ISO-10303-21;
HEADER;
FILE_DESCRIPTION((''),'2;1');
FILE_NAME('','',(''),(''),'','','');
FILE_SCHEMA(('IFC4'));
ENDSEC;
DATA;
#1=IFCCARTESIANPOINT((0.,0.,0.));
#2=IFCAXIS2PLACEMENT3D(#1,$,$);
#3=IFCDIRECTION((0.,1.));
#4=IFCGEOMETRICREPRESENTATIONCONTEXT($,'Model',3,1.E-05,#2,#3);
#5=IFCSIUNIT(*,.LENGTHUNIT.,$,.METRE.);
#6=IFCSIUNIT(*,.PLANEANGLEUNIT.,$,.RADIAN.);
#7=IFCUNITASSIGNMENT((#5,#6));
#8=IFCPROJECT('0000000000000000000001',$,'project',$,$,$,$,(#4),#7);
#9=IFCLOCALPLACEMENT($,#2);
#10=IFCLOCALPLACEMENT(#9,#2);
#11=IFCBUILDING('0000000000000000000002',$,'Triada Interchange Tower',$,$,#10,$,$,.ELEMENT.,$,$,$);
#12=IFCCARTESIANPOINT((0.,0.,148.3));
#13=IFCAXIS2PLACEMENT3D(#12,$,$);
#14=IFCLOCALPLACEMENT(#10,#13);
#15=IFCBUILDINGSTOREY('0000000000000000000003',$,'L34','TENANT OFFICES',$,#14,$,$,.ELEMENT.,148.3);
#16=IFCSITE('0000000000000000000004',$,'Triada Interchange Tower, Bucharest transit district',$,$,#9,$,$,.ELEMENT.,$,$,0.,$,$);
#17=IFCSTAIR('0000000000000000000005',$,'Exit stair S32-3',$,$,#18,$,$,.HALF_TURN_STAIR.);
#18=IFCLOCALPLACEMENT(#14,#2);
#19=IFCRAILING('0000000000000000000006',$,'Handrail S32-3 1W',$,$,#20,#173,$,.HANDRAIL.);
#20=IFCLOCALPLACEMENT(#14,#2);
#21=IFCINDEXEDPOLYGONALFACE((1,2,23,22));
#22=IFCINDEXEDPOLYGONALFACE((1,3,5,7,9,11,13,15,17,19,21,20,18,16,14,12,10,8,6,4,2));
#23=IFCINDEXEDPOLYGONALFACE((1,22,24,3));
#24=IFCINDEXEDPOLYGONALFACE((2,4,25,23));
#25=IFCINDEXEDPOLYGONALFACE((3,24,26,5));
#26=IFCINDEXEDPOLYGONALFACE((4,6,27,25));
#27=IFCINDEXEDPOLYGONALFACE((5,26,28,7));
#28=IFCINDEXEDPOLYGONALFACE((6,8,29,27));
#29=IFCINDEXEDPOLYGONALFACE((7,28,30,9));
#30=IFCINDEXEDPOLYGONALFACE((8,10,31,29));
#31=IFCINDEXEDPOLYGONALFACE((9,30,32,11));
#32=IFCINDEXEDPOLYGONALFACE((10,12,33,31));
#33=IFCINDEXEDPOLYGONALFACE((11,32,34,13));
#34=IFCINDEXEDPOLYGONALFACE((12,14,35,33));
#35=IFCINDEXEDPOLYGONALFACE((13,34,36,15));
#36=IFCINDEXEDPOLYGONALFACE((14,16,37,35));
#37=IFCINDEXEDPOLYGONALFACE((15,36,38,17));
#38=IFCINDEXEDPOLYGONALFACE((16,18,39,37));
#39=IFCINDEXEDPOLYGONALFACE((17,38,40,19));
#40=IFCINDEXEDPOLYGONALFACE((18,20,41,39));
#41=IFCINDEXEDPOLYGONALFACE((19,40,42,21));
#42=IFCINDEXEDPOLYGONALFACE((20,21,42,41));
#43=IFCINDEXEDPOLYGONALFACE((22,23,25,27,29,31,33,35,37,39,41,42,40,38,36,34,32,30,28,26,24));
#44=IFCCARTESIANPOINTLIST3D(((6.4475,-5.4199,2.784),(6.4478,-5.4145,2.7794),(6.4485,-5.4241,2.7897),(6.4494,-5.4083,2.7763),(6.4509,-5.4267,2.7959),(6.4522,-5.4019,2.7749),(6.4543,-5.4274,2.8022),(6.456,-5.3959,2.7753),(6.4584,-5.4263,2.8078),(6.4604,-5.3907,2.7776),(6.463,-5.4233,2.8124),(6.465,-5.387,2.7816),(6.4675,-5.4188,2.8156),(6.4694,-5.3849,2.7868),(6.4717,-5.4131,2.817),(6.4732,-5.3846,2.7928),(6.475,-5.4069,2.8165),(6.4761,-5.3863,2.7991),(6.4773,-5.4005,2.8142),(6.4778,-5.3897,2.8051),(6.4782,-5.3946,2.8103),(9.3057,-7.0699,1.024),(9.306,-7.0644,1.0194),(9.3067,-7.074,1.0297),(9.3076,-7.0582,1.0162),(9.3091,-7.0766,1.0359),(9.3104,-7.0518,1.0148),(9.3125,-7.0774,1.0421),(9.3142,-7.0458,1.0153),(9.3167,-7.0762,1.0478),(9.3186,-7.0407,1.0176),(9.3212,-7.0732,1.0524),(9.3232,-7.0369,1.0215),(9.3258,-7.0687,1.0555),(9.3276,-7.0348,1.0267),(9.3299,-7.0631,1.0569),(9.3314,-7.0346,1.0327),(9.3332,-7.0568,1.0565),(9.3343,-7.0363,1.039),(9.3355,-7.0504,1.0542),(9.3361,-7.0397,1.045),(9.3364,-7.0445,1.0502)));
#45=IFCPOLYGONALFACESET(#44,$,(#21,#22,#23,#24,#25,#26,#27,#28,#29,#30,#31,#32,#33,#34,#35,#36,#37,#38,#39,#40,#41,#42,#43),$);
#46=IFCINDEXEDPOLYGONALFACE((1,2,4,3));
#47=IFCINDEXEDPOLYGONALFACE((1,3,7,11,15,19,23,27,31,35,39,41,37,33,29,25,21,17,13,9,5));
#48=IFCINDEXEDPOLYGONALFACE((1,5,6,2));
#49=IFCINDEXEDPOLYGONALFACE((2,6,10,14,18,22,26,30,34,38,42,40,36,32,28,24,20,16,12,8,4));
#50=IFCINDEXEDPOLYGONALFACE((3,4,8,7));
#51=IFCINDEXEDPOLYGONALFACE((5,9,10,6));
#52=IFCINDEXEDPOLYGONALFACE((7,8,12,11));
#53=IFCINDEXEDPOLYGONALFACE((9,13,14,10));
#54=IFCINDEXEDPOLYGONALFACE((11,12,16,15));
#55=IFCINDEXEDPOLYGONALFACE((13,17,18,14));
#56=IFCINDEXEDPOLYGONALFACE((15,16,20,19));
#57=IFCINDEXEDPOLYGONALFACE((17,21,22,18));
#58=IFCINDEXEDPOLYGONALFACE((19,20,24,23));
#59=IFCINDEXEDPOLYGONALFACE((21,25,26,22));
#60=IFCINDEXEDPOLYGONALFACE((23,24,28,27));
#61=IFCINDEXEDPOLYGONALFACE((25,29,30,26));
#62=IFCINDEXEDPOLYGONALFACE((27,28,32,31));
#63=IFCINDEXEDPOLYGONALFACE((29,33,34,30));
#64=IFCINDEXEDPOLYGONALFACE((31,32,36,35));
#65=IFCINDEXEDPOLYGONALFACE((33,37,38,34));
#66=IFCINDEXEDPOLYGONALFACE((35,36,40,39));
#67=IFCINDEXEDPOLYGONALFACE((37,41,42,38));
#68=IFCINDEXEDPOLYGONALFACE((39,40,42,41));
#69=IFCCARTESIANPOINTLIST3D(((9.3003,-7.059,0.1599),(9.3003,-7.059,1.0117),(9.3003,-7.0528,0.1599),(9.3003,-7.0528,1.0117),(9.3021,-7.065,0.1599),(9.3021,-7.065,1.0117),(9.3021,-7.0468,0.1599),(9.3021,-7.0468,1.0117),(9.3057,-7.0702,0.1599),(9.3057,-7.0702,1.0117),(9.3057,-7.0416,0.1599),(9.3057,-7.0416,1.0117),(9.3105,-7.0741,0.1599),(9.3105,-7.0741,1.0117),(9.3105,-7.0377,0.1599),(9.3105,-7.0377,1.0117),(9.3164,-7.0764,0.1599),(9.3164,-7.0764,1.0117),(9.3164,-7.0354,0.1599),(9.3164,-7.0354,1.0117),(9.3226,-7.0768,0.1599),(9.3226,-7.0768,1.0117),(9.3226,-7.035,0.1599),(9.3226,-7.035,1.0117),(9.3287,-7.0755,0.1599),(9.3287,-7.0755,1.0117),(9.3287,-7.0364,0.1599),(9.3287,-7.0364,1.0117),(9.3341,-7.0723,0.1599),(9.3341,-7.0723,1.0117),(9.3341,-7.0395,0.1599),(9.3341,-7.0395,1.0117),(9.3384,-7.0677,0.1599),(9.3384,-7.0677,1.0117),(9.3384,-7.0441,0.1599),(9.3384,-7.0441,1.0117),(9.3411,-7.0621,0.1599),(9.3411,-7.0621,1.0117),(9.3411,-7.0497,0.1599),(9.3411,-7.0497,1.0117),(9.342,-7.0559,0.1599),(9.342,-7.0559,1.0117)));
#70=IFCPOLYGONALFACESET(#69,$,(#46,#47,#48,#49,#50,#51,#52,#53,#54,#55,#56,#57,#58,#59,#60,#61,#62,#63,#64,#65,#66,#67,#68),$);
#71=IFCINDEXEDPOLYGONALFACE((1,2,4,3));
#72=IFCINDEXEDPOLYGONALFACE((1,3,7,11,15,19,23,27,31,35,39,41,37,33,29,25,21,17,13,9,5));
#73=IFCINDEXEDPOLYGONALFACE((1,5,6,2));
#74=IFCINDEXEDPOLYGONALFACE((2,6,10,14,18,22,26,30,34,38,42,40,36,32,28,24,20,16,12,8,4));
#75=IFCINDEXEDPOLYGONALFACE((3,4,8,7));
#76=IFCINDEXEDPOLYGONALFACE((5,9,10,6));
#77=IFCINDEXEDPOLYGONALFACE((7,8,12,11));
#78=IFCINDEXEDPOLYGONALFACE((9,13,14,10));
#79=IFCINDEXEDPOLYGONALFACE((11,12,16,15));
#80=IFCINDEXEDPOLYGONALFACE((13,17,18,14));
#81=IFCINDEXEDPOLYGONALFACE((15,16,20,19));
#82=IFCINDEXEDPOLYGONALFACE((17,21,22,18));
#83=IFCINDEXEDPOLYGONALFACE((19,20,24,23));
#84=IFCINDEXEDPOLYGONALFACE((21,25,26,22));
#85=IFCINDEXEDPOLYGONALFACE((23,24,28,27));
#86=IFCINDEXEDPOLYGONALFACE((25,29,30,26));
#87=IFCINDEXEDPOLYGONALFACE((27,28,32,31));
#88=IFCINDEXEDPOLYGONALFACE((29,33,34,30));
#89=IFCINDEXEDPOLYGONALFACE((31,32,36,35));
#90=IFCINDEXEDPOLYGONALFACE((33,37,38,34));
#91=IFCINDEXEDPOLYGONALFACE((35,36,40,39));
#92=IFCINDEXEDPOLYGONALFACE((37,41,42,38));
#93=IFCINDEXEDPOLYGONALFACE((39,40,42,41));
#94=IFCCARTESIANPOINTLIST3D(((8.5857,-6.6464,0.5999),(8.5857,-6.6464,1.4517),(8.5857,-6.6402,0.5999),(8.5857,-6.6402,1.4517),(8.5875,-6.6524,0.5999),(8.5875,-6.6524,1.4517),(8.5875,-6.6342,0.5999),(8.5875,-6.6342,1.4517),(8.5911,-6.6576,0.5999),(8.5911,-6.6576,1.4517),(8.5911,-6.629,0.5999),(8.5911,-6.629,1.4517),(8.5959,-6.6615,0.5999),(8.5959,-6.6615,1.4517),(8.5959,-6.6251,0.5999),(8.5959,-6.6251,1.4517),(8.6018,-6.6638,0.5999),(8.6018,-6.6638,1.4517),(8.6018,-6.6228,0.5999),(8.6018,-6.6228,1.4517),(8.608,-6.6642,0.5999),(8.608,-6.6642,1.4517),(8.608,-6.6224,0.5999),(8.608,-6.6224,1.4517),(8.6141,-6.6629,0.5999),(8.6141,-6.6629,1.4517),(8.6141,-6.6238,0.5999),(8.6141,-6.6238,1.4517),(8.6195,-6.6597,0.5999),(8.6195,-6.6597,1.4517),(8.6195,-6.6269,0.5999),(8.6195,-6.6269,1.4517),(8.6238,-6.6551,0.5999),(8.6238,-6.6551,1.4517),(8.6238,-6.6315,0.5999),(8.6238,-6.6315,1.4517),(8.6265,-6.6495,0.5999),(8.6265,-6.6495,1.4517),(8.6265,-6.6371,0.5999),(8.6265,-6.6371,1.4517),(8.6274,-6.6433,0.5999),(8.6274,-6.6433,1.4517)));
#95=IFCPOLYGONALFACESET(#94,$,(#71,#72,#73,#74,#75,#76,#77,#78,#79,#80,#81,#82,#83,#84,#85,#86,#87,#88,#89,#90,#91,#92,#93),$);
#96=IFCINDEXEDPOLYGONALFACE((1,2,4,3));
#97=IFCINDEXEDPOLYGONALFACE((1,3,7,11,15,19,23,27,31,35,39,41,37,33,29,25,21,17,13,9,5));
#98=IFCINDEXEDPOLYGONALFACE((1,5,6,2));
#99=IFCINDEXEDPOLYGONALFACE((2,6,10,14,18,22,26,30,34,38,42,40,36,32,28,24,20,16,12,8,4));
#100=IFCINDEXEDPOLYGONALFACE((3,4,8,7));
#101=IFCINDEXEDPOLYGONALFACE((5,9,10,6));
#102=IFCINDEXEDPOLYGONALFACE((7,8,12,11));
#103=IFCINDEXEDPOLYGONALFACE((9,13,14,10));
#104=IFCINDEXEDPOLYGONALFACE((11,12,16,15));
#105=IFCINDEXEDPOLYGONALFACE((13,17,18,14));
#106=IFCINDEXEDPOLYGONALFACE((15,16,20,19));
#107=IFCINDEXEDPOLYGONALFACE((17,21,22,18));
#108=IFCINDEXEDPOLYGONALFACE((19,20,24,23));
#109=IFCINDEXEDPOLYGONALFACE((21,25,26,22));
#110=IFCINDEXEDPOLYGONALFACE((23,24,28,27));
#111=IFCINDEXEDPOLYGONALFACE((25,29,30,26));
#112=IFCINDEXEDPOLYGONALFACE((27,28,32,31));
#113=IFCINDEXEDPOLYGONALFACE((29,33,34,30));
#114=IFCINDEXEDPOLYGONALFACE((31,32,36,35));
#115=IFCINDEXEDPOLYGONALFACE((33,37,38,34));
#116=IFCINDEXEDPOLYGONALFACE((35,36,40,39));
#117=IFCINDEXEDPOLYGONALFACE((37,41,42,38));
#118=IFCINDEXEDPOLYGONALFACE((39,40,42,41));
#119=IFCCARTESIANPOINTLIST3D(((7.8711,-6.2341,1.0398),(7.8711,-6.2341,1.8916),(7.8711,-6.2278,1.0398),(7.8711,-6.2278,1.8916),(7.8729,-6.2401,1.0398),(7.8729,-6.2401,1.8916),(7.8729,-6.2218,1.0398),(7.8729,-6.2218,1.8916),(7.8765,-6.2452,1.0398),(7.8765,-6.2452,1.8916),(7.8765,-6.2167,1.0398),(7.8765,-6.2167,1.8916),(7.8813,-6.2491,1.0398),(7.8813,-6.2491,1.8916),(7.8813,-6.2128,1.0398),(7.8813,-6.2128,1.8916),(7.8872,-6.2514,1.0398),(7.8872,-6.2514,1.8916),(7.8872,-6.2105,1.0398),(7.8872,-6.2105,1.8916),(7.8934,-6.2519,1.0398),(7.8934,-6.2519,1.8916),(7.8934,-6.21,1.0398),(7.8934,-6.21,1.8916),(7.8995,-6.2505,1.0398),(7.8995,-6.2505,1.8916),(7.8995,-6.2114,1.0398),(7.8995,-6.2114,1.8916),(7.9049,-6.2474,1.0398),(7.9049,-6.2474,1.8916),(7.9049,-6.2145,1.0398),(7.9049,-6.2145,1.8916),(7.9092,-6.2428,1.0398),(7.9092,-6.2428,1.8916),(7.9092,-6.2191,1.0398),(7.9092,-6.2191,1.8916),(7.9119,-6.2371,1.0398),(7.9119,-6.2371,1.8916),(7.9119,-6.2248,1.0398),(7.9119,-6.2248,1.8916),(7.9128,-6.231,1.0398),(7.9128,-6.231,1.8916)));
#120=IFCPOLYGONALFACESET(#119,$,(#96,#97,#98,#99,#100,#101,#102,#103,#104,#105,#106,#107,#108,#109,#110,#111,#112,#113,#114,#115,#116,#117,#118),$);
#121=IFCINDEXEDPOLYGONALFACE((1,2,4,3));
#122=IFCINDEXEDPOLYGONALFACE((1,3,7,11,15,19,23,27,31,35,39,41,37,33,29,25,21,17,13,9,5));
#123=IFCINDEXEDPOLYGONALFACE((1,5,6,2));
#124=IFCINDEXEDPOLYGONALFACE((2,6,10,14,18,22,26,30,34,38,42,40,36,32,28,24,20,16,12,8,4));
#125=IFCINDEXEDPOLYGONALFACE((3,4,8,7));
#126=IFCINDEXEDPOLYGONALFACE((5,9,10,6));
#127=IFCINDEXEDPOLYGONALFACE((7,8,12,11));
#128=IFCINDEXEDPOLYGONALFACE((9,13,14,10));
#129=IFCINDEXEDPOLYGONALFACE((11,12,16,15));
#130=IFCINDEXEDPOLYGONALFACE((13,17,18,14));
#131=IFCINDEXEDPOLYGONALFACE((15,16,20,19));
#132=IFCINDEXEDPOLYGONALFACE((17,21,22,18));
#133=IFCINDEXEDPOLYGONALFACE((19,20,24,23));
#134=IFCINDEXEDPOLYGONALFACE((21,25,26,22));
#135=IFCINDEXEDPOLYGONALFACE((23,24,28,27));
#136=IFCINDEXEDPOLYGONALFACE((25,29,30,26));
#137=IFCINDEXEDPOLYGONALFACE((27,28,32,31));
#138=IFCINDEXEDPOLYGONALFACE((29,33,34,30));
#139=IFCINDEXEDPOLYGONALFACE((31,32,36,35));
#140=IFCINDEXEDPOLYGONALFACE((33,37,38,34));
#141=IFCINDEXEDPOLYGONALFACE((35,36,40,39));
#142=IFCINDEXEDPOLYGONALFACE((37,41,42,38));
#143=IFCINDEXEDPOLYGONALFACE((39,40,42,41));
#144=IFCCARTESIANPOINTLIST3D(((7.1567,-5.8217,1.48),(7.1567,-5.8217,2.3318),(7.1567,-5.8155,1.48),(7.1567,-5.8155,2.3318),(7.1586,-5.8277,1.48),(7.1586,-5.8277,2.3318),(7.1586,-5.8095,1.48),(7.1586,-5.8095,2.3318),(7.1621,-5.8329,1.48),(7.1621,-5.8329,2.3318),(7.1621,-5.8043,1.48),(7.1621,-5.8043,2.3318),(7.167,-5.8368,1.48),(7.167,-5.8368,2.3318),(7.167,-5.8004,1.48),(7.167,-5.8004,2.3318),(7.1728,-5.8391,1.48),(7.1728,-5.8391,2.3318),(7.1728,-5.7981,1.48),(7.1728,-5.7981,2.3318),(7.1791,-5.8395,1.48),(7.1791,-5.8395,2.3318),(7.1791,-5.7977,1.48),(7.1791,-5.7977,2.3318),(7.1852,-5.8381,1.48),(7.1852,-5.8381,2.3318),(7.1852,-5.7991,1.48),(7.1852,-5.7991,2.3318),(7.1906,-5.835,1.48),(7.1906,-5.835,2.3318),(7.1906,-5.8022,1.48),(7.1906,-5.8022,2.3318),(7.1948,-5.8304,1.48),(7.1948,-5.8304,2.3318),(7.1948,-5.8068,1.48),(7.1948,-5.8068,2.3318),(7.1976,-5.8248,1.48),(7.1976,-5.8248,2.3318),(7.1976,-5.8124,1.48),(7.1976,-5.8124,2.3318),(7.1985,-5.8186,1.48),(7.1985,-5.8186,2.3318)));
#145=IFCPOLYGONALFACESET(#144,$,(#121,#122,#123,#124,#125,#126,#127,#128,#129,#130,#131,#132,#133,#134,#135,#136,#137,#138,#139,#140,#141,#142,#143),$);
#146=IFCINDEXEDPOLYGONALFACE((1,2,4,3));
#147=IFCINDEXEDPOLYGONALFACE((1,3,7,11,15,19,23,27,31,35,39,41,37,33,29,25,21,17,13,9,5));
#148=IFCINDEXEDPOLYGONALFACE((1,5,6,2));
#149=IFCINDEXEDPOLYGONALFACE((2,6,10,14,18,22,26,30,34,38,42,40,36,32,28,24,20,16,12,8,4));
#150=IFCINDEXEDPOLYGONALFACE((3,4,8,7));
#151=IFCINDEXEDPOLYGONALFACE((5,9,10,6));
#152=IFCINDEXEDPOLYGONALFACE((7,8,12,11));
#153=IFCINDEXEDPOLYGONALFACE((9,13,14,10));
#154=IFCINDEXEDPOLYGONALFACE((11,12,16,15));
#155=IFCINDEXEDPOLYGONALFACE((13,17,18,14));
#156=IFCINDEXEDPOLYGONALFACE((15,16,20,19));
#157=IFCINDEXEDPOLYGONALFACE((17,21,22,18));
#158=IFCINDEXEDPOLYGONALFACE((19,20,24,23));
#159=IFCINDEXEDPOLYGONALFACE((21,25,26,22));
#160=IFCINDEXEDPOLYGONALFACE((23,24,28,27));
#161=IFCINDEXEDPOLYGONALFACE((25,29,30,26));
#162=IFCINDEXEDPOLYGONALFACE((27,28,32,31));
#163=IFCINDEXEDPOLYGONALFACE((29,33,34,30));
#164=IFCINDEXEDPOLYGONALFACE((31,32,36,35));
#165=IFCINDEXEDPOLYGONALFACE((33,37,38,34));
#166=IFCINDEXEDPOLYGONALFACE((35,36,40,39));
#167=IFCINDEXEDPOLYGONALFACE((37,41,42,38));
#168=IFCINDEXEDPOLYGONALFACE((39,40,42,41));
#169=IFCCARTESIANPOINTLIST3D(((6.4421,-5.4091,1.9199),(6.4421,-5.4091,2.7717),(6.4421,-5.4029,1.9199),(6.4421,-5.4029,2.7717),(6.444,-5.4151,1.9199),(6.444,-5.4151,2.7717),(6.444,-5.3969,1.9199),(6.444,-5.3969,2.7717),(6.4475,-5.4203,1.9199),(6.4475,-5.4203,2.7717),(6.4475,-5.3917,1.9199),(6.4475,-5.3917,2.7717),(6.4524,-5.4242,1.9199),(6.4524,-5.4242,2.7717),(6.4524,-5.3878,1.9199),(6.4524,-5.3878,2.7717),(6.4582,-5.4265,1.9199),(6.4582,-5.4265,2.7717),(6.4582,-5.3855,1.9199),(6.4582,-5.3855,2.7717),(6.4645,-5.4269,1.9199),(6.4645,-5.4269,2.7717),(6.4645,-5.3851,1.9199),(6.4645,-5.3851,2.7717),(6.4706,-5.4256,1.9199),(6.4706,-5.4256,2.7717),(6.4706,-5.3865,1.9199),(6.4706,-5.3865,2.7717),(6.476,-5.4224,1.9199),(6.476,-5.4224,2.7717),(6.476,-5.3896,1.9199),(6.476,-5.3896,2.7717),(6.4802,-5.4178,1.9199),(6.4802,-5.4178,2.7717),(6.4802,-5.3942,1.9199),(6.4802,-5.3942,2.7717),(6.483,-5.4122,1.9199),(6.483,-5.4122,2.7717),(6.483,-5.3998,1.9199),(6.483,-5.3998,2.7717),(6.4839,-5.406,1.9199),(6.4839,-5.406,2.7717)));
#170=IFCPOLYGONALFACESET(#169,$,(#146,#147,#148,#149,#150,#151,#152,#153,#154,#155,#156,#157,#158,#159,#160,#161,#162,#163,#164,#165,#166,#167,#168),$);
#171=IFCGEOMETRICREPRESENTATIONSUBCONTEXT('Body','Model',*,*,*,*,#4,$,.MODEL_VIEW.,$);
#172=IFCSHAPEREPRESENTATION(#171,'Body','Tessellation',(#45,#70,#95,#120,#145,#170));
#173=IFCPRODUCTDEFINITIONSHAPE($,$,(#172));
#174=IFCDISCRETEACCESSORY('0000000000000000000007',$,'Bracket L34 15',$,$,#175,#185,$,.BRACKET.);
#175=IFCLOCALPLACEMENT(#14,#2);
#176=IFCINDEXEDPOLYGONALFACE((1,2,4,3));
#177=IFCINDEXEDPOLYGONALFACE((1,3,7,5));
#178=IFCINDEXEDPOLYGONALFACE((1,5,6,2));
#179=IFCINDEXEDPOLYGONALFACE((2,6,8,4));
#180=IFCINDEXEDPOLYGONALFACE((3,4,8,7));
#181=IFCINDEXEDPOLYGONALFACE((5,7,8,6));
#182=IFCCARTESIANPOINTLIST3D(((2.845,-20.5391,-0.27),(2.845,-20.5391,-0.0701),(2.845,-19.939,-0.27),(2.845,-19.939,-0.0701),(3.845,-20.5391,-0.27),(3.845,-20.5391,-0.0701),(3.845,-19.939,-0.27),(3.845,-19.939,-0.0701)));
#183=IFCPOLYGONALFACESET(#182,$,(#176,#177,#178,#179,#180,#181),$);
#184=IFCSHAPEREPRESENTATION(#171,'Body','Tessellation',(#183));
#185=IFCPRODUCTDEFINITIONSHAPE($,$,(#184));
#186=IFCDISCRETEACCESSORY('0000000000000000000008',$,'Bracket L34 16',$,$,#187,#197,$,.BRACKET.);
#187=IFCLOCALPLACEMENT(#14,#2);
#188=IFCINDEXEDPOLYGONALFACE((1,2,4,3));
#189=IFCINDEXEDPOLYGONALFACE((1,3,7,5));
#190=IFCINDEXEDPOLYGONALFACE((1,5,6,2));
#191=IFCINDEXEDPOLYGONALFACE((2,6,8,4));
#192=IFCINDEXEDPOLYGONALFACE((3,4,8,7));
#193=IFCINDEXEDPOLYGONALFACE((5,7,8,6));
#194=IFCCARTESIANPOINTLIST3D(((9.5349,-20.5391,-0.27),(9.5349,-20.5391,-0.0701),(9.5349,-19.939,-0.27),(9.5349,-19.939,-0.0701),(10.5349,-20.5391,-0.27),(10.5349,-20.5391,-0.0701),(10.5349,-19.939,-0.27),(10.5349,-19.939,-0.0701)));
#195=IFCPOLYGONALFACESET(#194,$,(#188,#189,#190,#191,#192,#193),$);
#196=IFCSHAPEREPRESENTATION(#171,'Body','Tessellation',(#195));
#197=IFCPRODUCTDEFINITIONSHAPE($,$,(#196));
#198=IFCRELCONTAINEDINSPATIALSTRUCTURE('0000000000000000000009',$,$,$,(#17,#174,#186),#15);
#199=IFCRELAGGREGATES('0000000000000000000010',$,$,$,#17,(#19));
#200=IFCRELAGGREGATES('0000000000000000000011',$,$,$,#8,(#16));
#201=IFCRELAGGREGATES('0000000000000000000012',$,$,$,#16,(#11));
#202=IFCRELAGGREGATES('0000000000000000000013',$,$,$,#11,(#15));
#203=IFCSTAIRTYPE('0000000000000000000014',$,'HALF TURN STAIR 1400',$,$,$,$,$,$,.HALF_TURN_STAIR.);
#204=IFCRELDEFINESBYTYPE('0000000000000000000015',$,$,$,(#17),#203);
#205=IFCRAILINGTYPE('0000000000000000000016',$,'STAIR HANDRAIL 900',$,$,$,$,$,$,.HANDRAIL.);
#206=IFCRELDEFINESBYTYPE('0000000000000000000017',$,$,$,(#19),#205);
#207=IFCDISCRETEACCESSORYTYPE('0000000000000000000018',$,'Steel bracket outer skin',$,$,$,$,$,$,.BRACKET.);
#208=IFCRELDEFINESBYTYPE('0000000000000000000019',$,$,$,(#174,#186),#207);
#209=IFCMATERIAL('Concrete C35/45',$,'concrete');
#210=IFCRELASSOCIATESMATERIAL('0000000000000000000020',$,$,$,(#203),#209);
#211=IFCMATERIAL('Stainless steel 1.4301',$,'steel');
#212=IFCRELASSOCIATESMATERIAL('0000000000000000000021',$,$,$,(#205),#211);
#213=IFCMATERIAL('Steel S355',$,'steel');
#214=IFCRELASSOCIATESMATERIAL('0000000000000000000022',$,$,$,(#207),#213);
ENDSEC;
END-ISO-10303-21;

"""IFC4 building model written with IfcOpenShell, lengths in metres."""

from ifc_helpers import new_model, si_unit, direction, frame, origin, origin_2d, place, context, subcontext, project, spatial, rectangle, circle, extrude, material, type_object, element, aggregate, save


model = new_model("IFC4")

# Units and contexts
model_context = context("Model", 3, precision=1e-05, world=origin(), true_north=direction((0.0, 1.0)))
body_context = subcontext(model_context, "Body", "Model", "MODEL_VIEW")
ifc_project = project(units=[si_unit("LENGTHUNIT", "METRE"), si_unit("PLANEANGLEUNIT", "RADIAN")], contexts=[model_context])

# Site, building, storey
site_placement = place(None, origin())
site = spatial("IfcSite", under=ifc_project, at=site_placement, Name="Triada Interchange Tower, Bucharest transit district", CompositionType="ELEMENT", RefElevation=0.0)
building_placement = place(site_placement, origin())
building = spatial("IfcBuilding", under=site, at=building_placement, Name="Triada Interchange Tower", CompositionType="ELEMENT")
storey_placement = place(building_placement, frame((0.0, 0.0, 148.3)))
storey = spatial("IfcBuildingStorey", under=building, at=storey_placement, Name="L34", Description="TENANT OFFICES", CompositionType="ELEMENT", Elevation=148.3)

# Stair, railing
ifc_material_1 = material(Name="Concrete C35/45", Category="concrete")
stair_type = type_object("IfcStairType", Name="HALF TURN STAIR 1400", PredefinedType="HALF_TURN_STAIR", material=ifc_material_1)
stair_placement = place(storey_placement, origin())
stair = element("IfcStair", 1, at=stair_placement, inside=storey, type_object=stair_type, Name="Exit stair S32-3", PredefinedType="HALF_TURN_STAIR")
ifc_material_2 = material(Name="Stainless steel 1.4301", Category="steel")
railing_type = type_object("IfcRailingType", Name="STAIR HANDRAIL 900", PredefinedType="HANDRAIL", material=ifc_material_2)
railing_placement = place(storey_placement, frame((9.321, -7.0559, 0.1599)))
railing = element("IfcRailing", 2, at=railing_placement, type_object=railing_type, Name="Handrail S32-3 1W", PredefinedType="HANDRAIL", context=body_context, shape_type="SweptSolid", body=[
    extrude(circle(Radius=0.0239, at=origin_2d()), frame((0.0, 0.0, 0.876), z_axis=(-0.764178, 0.441131, 0.47057), x_axis=(-0.499942, -0.866059, 0.0)), (0.0, 0.0, 1.0), 3.7402),
    extrude(circle(Radius=0.021, at=origin_2d()), origin(), (0.0, 0.0, 1.0), 0.8518),
    extrude(circle(Radius=0.021, at=origin_2d()), frame((-0.7146, 0.4126, 0.4399)), (0.0, 0.0, 1.0), 0.8518),
    extrude(circle(Radius=0.021, at=origin_2d()), frame((-1.4292, 0.825, 0.8799)), (0.0, 0.0, 1.0), 0.8518),
    extrude(circle(Radius=0.021, at=origin_2d()), frame((-2.1436, 1.2373, 1.3201)), (0.0, 0.0, 1.0), 0.8518),
    extrude(circle(Radius=0.021, at=origin_2d()), frame((-2.8582, 1.6499, 1.76)), (0.0, 0.0, 1.0), 0.8518),
])
aggregate(stair, [railing])

# Discrete accessories
ifc_material_3 = material(Name="Steel S355", Category="steel")
discrete_accessory_type = type_object("IfcDiscreteAccessoryType", Name="Steel bracket outer skin", PredefinedType="BRACKET", material=ifc_material_3)
for number, where, z_axis, x_axis, name in (
    (3, (3.345, -20.239, -0.27), (0.0, 0.0, 1.0), (0.0, -1.0, 0.0), "Bracket L34 15"),
    (4, (10.0349, -20.239, -0.27), (0.0, 0.0, 1.0), (0.0, -1.0, 0.0), "Bracket L34 16"),
):
    element("IfcDiscreteAccessory", number, at=place(storey_placement, frame(where, z_axis=z_axis, x_axis=x_axis)), inside=storey, type_object=discrete_accessory_type, Name=name, PredefinedType="BRACKET", context=body_context, shape_type="SweptSolid", body=[
        extrude(rectangle(XDim=0.6001, YDim=1.0, at=origin_2d()), origin(), (0.0, 0.0, 1.0), 0.2),
    ])

save(model, "model.ifc")
